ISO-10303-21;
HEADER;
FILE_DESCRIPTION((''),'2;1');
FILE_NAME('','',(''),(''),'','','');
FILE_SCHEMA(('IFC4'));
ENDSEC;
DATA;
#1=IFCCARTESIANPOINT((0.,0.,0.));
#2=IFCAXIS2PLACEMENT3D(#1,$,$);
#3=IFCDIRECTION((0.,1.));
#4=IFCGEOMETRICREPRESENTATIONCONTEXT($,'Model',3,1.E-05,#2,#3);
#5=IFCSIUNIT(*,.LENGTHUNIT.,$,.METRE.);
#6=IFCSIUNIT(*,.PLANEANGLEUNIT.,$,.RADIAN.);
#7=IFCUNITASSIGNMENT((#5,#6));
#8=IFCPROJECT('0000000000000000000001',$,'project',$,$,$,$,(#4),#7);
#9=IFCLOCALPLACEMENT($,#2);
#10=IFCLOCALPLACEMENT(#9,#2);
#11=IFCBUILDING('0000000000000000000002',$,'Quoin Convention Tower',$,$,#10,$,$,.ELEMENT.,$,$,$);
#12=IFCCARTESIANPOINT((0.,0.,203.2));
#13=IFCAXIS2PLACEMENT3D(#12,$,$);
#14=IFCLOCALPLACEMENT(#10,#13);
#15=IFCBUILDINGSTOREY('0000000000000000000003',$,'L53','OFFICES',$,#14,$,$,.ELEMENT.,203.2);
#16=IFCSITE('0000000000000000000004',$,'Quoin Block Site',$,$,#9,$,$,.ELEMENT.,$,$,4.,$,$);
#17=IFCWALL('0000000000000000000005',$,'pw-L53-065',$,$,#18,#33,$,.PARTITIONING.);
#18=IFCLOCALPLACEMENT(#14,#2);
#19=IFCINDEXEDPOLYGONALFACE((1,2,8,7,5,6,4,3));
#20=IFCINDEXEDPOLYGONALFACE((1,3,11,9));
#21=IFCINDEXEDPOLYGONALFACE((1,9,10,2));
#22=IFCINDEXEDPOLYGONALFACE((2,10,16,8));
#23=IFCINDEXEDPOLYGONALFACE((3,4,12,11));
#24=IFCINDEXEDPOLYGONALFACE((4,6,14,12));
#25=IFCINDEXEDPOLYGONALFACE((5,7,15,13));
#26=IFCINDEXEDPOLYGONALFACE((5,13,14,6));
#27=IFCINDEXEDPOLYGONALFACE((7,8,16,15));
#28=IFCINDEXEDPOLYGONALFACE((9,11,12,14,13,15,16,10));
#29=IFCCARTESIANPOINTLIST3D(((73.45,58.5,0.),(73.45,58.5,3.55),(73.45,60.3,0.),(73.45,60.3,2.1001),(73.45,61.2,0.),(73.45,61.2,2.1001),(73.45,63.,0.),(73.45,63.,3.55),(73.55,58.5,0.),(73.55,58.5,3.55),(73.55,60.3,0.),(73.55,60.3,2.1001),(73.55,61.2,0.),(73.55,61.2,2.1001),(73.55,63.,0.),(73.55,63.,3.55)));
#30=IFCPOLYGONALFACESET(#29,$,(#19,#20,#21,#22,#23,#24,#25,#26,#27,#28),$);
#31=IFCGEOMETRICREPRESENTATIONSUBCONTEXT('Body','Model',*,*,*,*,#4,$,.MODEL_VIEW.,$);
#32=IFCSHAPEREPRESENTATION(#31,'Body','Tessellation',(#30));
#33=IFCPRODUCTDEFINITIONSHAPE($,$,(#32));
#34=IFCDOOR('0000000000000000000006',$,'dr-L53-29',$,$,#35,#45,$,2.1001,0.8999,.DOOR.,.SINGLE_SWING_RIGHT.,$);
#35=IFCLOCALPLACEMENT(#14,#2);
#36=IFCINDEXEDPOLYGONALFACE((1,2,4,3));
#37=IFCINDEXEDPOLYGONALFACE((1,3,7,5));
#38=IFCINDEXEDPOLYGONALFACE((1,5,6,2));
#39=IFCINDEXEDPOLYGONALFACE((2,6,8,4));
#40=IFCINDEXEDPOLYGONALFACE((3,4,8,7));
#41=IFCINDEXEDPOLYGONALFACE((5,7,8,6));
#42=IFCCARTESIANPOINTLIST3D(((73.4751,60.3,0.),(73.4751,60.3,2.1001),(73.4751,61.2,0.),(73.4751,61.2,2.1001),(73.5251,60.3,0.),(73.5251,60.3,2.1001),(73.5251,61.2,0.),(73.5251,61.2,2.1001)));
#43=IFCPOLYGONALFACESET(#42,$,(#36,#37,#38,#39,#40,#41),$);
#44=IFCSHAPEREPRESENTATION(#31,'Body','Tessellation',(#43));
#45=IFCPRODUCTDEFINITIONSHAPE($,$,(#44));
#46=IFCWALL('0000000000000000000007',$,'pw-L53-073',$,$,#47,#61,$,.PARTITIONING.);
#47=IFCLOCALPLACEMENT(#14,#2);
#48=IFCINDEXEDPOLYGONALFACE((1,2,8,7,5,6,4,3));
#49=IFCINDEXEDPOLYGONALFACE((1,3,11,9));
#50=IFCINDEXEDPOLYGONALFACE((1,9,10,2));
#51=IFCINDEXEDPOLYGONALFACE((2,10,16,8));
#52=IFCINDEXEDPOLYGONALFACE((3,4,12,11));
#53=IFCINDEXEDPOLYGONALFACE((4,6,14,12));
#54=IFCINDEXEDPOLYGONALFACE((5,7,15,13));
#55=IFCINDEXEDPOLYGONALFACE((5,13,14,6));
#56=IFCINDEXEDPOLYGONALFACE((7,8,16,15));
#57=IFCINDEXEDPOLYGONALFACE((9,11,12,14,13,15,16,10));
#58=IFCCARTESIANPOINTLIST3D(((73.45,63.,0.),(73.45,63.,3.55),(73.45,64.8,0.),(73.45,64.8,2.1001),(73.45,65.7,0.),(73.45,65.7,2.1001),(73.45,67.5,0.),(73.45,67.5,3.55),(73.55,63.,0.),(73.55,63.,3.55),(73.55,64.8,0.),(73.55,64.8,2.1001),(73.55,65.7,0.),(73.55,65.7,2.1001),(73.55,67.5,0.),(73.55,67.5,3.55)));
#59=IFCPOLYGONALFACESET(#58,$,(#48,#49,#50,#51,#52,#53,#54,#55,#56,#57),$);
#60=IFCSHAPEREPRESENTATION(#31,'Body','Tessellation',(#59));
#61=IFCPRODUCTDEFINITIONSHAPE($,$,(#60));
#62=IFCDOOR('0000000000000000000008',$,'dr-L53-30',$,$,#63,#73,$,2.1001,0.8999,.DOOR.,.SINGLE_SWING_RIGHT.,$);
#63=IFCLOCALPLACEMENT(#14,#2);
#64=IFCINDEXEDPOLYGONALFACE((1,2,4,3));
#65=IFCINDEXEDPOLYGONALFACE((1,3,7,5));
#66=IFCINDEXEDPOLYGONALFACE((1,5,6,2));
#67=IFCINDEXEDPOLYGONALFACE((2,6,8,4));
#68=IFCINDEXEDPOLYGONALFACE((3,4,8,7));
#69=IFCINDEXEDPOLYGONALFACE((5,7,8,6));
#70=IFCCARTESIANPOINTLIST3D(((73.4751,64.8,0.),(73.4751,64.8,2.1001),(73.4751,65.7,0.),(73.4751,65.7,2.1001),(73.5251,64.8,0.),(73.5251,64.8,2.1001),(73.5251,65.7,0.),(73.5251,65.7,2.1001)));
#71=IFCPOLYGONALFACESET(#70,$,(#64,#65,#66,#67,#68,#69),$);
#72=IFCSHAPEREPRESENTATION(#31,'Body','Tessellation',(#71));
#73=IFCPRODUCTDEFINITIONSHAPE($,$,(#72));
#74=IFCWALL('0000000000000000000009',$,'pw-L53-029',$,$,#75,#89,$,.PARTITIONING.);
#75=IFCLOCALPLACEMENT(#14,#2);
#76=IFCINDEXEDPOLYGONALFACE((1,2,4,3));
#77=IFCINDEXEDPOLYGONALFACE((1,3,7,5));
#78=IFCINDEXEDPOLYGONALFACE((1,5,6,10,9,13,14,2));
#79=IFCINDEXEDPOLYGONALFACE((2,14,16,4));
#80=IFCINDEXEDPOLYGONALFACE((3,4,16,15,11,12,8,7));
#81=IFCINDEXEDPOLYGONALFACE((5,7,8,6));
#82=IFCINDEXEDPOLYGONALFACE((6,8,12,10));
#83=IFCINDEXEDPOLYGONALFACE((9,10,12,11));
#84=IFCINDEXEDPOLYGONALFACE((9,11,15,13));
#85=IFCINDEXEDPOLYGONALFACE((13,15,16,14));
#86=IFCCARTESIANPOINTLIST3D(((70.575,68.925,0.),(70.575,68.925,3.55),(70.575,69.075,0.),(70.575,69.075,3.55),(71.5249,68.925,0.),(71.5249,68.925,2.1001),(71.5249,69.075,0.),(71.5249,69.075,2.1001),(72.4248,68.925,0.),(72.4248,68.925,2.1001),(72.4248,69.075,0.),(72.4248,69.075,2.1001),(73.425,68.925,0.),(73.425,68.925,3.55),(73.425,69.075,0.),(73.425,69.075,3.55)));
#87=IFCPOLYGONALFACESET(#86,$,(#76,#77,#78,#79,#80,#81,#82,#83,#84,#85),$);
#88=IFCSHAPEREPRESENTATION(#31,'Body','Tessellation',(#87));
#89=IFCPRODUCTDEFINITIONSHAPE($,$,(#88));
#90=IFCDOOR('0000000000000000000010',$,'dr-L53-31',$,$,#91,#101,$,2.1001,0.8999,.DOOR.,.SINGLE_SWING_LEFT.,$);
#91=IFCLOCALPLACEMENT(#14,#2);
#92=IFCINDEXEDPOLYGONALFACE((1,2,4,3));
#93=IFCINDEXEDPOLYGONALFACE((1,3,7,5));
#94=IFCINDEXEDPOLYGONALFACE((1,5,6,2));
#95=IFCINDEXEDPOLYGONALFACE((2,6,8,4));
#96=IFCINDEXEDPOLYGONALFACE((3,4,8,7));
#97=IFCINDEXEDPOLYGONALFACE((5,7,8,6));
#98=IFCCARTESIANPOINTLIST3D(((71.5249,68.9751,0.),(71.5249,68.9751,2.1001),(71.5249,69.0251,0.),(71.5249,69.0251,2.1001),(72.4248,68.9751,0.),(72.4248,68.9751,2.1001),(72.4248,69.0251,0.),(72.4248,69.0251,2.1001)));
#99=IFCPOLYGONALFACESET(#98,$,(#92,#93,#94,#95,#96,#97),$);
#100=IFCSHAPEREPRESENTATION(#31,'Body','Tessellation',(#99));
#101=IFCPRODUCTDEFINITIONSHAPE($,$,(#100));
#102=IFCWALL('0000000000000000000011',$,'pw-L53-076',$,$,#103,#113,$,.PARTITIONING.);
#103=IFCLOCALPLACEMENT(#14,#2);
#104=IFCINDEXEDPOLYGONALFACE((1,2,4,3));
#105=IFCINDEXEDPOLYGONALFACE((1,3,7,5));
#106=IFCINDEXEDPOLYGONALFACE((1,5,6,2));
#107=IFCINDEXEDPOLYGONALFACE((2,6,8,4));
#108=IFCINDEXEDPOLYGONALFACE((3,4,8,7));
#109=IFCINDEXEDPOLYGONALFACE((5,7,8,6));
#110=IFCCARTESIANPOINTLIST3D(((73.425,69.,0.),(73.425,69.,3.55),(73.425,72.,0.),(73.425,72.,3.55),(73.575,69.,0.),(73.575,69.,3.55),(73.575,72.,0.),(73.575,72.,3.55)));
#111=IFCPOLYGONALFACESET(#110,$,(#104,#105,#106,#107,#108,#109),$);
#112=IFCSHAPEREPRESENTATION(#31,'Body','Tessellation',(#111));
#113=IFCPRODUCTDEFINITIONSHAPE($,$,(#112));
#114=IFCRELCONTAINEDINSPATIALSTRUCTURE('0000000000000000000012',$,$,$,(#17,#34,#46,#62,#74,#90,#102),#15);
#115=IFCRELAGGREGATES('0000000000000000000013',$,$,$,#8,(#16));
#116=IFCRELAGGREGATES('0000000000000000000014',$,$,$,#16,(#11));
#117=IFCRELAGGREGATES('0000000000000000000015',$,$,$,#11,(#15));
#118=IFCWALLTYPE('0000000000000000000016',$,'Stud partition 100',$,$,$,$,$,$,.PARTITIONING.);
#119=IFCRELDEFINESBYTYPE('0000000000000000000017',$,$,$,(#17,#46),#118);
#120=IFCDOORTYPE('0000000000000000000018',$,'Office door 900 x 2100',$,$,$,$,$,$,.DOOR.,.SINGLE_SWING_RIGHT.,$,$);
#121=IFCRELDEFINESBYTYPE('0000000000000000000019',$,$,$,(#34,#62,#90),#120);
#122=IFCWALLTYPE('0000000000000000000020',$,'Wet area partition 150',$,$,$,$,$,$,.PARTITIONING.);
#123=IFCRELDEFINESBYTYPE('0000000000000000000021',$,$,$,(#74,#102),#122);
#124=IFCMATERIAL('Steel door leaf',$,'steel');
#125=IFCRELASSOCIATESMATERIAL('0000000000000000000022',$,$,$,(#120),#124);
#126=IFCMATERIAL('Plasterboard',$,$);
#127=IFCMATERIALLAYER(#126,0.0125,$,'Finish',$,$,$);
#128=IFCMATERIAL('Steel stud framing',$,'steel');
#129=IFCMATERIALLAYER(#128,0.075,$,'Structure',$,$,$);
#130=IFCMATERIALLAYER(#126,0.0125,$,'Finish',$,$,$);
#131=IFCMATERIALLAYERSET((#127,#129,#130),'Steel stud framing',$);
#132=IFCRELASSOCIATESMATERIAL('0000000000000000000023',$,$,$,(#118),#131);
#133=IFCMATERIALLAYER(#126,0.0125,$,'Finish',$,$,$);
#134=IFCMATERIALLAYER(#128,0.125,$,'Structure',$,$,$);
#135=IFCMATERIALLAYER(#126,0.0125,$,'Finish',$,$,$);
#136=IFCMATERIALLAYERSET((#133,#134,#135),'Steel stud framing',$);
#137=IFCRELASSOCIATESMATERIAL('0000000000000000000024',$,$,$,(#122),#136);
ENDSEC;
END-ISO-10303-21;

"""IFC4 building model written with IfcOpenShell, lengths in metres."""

from ifc_helpers import new_model, si_unit, direction, frame, frame_2d, origin, place, context, subcontext, project, spatial, rectangle, extrude, material, layer, layer_set, type_object, element, fill, save


model = new_model("IFC4")

# Units and contexts
model_context = context("Model", 3, precision=1e-05, world=origin(), true_north=direction((0.0, 1.0)))
body_context = subcontext(model_context, "Body", "Model", "MODEL_VIEW")
ifc_project = project(units=[si_unit("LENGTHUNIT", "METRE"), si_unit("PLANEANGLEUNIT", "RADIAN")], contexts=[model_context])

# Site, building, storey
site_placement = place(None, origin())
site = spatial("IfcSite", under=ifc_project, at=site_placement, Name="Quoin Block Site", CompositionType="ELEMENT", RefElevation=4.0)
building_placement = place(site_placement, origin())
building = spatial("IfcBuilding", under=site, at=building_placement, Name="Quoin Convention Tower", CompositionType="ELEMENT")
storey_placement = place(building_placement, frame((0.0, 0.0, 203.2)))
storey = spatial("IfcBuildingStorey", under=building, at=storey_placement, Name="L53", Description="OFFICES", CompositionType="ELEMENT", Elevation=203.2)

# Shared definitions
ifc_material_1 = material(Name="Plasterboard")
ifc_material_2 = material(Name="Steel stud framing", Category="steel")

# Shared definitions
ifc_material_3 = material(Name="Steel door leaf", Category="steel")
door_type_1 = type_object("IfcDoorType", Name="Office door 900 x 2100", OperationType="SINGLE_SWING_RIGHT", PredefinedType="DOOR", material=ifc_material_3)

# Shared definitions
ifc_layer_1 = layer(ifc_material_1, 0.0125, Name="Finish")
ifc_layer_2 = layer(ifc_material_2, 0.075, Name="Structure")
ifc_layer_3 = layer(ifc_material_1, 0.0125, Name="Finish")
ifc_layer_set_1 = layer_set([ifc_layer_1, ifc_layer_2, ifc_layer_3], Name="Steel stud framing")
wall_type_1 = type_object("IfcWallType", Name="Stud partition 100", PredefinedType="PARTITIONING", material=ifc_layer_set_1)

# Walls, openings, doors
wall_1_placement = place(storey_placement, frame((73.5, 58.5, 0.0), z_axis=(0.0, 0.0, 1.0), x_axis=(0.0, 1.0, 0.0)))
wall_1 = element("IfcWall", 1, at=wall_1_placement, inside=storey, type_object=wall_type_1, Name="pw-L53-065", PredefinedType="PARTITIONING", context=body_context, shape_type="SweptSolid", body=[
    extrude(rectangle(XDim=4.5, YDim=0.1001, at=frame_2d((2.25, 0.0))), origin(), (0.0, 0.0, 1.0), 3.55),
])
opening_1_placement = place(wall_1_placement, frame((1.8, 0.0, 0.0)))
opening_1 = element("IfcOpeningElement", 2, at=opening_1_placement, cuts=wall_1, PredefinedType="OPENING", context=body_context, shape_type="SweptSolid", body=[
    extrude(rectangle(XDim=0.8999, YDim=2.1001, at=frame_2d((0.45, 1.05))), frame((0.0, 0.0601, 0.0), z_axis=(0.0, -1.0, 0.0), x_axis=(1.0, 0.0, 0.0)), (0.0, 0.0, 1.0), 0.1201),
])
door_1_placement = place(opening_1_placement, origin())
door_1 = element("IfcDoor", 3, at=door_1_placement, inside=storey, type_object=door_type_1, Name="dr-L53-29", OperationType="SINGLE_SWING_RIGHT", OverallHeight=2.1001, OverallWidth=0.8999, PredefinedType="DOOR", context=body_context, shape_type="SweptSolid", body=[
    extrude(rectangle(XDim=0.8999, YDim=2.1001, at=frame_2d((0.45, 1.05))), frame((0.0, 0.0249, 0.0), z_axis=(0.0, -1.0, 0.0), x_axis=(1.0, 0.0, 0.0)), (0.0, 0.0, 1.0), 0.05),
])
fill(opening_1, door_1)
wall_2_placement = place(storey_placement, frame((73.5, 63.0, 0.0), z_axis=(0.0, 0.0, 1.0), x_axis=(0.0, 1.0, 0.0)))
wall_2 = element("IfcWall", 4, at=wall_2_placement, inside=storey, type_object=wall_type_1, Name="pw-L53-073", PredefinedType="PARTITIONING", context=body_context, shape_type="SweptSolid", body=[
    extrude(rectangle(XDim=4.5, YDim=0.1001, at=frame_2d((2.25, 0.0))), origin(), (0.0, 0.0, 1.0), 3.55),
])
opening_2_placement = place(wall_2_placement, frame((1.8, 0.0, 0.0)))
opening_2 = element("IfcOpeningElement", 5, at=opening_2_placement, cuts=wall_2, PredefinedType="OPENING", context=body_context, shape_type="SweptSolid", body=[
    extrude(rectangle(XDim=0.8999, YDim=2.1001, at=frame_2d((0.45, 1.05))), frame((0.0, 0.0601, 0.0), z_axis=(0.0, -1.0, 0.0), x_axis=(1.0, 0.0, 0.0)), (0.0, 0.0, 1.0), 0.1201),
])
door_2_placement = place(opening_2_placement, origin())
door_2 = element("IfcDoor", 6, at=door_2_placement, inside=storey, type_object=door_type_1, Name="dr-L53-30", OperationType="SINGLE_SWING_RIGHT", OverallHeight=2.1001, OverallWidth=0.8999, PredefinedType="DOOR", context=body_context, shape_type="SweptSolid", body=[
    extrude(rectangle(XDim=0.8999, YDim=2.1001, at=frame_2d((0.45, 1.05))), frame((0.0, 0.0249, 0.0), z_axis=(0.0, -1.0, 0.0), x_axis=(1.0, 0.0, 0.0)), (0.0, 0.0, 1.0), 0.05),
])
fill(opening_2, door_2)
ifc_layer_4 = layer(ifc_material_1, 0.0125, Name="Finish")
ifc_layer_5 = layer(ifc_material_2, 0.125, Name="Structure")
ifc_layer_6 = layer(ifc_material_1, 0.0125, Name="Finish")
ifc_layer_set_2 = layer_set([ifc_layer_4, ifc_layer_5, ifc_layer_6], Name="Steel stud framing")
wall_type_2 = type_object("IfcWallType", Name="Wet area partition 150", PredefinedType="PARTITIONING", material=ifc_layer_set_2)
wall_3_placement = place(storey_placement, frame((70.575, 69.0, 0.0), z_axis=(0.0, 0.0, 1.0), x_axis=(1.0, 0.0, 0.0)))
wall_3 = element("IfcWall", 7, at=wall_3_placement, inside=storey, type_object=wall_type_2, Name="pw-L53-029", PredefinedType="PARTITIONING", context=body_context, shape_type="SweptSolid", body=[
    extrude(rectangle(XDim=2.8501, YDim=0.1499, at=frame_2d((1.425, 0.0))), origin(), (0.0, 0.0, 1.0), 3.55),
])
opening_3_placement = place(wall_3_placement, frame((0.95, 0.0, 0.0)))
opening_3 = element("IfcOpeningElement", 8, at=opening_3_placement, cuts=wall_3, PredefinedType="OPENING", context=body_context, shape_type="SweptSolid", body=[
    extrude(rectangle(XDim=0.8999, YDim=2.1001, at=frame_2d((0.45, 1.05))), frame((0.0, 0.085, 0.0), z_axis=(0.0, -1.0, 0.0), x_axis=(1.0, 0.0, 0.0)), (0.0, 0.0, 1.0), 0.1699),
])
door_3_placement = place(opening_3_placement, frame((0.8999, 0.0, 0.0), z_axis=(0.0, 0.0, 1.0), x_axis=(-1.0, 0.0, 0.0)))
door_3 = element("IfcDoor", 9, at=door_3_placement, inside=storey, type_object=door_type_1, Name="dr-L53-31", OperationType="SINGLE_SWING_LEFT", OverallHeight=2.1001, OverallWidth=0.8999, PredefinedType="DOOR", context=body_context, shape_type="SweptSolid", body=[
    extrude(rectangle(XDim=0.8999, YDim=2.1001, at=frame_2d((0.45, 1.05))), frame((0.0, 0.0249, 0.0), z_axis=(0.0, -1.0, 0.0), x_axis=(1.0, 0.0, 0.0)), (0.0, 0.0, 1.0), 0.05),
])
fill(opening_3, door_3)

# Wall
wall_4_placement = place(storey_placement, frame((73.5, 69.0, 0.0), z_axis=(0.0, 0.0, 1.0), x_axis=(0.0, 1.0, 0.0)))
element("IfcWall", 10, at=wall_4_placement, inside=storey, type_object=wall_type_2, Name="pw-L53-076", PredefinedType="PARTITIONING", context=body_context, shape_type="SweptSolid", body=[
    extrude(rectangle(XDim=3.0, YDim=0.1499, at=frame_2d((1.5, 0.0))), origin(), (0.0, 0.0, 1.0), 3.55),
])

save(model, "model.ifc")
